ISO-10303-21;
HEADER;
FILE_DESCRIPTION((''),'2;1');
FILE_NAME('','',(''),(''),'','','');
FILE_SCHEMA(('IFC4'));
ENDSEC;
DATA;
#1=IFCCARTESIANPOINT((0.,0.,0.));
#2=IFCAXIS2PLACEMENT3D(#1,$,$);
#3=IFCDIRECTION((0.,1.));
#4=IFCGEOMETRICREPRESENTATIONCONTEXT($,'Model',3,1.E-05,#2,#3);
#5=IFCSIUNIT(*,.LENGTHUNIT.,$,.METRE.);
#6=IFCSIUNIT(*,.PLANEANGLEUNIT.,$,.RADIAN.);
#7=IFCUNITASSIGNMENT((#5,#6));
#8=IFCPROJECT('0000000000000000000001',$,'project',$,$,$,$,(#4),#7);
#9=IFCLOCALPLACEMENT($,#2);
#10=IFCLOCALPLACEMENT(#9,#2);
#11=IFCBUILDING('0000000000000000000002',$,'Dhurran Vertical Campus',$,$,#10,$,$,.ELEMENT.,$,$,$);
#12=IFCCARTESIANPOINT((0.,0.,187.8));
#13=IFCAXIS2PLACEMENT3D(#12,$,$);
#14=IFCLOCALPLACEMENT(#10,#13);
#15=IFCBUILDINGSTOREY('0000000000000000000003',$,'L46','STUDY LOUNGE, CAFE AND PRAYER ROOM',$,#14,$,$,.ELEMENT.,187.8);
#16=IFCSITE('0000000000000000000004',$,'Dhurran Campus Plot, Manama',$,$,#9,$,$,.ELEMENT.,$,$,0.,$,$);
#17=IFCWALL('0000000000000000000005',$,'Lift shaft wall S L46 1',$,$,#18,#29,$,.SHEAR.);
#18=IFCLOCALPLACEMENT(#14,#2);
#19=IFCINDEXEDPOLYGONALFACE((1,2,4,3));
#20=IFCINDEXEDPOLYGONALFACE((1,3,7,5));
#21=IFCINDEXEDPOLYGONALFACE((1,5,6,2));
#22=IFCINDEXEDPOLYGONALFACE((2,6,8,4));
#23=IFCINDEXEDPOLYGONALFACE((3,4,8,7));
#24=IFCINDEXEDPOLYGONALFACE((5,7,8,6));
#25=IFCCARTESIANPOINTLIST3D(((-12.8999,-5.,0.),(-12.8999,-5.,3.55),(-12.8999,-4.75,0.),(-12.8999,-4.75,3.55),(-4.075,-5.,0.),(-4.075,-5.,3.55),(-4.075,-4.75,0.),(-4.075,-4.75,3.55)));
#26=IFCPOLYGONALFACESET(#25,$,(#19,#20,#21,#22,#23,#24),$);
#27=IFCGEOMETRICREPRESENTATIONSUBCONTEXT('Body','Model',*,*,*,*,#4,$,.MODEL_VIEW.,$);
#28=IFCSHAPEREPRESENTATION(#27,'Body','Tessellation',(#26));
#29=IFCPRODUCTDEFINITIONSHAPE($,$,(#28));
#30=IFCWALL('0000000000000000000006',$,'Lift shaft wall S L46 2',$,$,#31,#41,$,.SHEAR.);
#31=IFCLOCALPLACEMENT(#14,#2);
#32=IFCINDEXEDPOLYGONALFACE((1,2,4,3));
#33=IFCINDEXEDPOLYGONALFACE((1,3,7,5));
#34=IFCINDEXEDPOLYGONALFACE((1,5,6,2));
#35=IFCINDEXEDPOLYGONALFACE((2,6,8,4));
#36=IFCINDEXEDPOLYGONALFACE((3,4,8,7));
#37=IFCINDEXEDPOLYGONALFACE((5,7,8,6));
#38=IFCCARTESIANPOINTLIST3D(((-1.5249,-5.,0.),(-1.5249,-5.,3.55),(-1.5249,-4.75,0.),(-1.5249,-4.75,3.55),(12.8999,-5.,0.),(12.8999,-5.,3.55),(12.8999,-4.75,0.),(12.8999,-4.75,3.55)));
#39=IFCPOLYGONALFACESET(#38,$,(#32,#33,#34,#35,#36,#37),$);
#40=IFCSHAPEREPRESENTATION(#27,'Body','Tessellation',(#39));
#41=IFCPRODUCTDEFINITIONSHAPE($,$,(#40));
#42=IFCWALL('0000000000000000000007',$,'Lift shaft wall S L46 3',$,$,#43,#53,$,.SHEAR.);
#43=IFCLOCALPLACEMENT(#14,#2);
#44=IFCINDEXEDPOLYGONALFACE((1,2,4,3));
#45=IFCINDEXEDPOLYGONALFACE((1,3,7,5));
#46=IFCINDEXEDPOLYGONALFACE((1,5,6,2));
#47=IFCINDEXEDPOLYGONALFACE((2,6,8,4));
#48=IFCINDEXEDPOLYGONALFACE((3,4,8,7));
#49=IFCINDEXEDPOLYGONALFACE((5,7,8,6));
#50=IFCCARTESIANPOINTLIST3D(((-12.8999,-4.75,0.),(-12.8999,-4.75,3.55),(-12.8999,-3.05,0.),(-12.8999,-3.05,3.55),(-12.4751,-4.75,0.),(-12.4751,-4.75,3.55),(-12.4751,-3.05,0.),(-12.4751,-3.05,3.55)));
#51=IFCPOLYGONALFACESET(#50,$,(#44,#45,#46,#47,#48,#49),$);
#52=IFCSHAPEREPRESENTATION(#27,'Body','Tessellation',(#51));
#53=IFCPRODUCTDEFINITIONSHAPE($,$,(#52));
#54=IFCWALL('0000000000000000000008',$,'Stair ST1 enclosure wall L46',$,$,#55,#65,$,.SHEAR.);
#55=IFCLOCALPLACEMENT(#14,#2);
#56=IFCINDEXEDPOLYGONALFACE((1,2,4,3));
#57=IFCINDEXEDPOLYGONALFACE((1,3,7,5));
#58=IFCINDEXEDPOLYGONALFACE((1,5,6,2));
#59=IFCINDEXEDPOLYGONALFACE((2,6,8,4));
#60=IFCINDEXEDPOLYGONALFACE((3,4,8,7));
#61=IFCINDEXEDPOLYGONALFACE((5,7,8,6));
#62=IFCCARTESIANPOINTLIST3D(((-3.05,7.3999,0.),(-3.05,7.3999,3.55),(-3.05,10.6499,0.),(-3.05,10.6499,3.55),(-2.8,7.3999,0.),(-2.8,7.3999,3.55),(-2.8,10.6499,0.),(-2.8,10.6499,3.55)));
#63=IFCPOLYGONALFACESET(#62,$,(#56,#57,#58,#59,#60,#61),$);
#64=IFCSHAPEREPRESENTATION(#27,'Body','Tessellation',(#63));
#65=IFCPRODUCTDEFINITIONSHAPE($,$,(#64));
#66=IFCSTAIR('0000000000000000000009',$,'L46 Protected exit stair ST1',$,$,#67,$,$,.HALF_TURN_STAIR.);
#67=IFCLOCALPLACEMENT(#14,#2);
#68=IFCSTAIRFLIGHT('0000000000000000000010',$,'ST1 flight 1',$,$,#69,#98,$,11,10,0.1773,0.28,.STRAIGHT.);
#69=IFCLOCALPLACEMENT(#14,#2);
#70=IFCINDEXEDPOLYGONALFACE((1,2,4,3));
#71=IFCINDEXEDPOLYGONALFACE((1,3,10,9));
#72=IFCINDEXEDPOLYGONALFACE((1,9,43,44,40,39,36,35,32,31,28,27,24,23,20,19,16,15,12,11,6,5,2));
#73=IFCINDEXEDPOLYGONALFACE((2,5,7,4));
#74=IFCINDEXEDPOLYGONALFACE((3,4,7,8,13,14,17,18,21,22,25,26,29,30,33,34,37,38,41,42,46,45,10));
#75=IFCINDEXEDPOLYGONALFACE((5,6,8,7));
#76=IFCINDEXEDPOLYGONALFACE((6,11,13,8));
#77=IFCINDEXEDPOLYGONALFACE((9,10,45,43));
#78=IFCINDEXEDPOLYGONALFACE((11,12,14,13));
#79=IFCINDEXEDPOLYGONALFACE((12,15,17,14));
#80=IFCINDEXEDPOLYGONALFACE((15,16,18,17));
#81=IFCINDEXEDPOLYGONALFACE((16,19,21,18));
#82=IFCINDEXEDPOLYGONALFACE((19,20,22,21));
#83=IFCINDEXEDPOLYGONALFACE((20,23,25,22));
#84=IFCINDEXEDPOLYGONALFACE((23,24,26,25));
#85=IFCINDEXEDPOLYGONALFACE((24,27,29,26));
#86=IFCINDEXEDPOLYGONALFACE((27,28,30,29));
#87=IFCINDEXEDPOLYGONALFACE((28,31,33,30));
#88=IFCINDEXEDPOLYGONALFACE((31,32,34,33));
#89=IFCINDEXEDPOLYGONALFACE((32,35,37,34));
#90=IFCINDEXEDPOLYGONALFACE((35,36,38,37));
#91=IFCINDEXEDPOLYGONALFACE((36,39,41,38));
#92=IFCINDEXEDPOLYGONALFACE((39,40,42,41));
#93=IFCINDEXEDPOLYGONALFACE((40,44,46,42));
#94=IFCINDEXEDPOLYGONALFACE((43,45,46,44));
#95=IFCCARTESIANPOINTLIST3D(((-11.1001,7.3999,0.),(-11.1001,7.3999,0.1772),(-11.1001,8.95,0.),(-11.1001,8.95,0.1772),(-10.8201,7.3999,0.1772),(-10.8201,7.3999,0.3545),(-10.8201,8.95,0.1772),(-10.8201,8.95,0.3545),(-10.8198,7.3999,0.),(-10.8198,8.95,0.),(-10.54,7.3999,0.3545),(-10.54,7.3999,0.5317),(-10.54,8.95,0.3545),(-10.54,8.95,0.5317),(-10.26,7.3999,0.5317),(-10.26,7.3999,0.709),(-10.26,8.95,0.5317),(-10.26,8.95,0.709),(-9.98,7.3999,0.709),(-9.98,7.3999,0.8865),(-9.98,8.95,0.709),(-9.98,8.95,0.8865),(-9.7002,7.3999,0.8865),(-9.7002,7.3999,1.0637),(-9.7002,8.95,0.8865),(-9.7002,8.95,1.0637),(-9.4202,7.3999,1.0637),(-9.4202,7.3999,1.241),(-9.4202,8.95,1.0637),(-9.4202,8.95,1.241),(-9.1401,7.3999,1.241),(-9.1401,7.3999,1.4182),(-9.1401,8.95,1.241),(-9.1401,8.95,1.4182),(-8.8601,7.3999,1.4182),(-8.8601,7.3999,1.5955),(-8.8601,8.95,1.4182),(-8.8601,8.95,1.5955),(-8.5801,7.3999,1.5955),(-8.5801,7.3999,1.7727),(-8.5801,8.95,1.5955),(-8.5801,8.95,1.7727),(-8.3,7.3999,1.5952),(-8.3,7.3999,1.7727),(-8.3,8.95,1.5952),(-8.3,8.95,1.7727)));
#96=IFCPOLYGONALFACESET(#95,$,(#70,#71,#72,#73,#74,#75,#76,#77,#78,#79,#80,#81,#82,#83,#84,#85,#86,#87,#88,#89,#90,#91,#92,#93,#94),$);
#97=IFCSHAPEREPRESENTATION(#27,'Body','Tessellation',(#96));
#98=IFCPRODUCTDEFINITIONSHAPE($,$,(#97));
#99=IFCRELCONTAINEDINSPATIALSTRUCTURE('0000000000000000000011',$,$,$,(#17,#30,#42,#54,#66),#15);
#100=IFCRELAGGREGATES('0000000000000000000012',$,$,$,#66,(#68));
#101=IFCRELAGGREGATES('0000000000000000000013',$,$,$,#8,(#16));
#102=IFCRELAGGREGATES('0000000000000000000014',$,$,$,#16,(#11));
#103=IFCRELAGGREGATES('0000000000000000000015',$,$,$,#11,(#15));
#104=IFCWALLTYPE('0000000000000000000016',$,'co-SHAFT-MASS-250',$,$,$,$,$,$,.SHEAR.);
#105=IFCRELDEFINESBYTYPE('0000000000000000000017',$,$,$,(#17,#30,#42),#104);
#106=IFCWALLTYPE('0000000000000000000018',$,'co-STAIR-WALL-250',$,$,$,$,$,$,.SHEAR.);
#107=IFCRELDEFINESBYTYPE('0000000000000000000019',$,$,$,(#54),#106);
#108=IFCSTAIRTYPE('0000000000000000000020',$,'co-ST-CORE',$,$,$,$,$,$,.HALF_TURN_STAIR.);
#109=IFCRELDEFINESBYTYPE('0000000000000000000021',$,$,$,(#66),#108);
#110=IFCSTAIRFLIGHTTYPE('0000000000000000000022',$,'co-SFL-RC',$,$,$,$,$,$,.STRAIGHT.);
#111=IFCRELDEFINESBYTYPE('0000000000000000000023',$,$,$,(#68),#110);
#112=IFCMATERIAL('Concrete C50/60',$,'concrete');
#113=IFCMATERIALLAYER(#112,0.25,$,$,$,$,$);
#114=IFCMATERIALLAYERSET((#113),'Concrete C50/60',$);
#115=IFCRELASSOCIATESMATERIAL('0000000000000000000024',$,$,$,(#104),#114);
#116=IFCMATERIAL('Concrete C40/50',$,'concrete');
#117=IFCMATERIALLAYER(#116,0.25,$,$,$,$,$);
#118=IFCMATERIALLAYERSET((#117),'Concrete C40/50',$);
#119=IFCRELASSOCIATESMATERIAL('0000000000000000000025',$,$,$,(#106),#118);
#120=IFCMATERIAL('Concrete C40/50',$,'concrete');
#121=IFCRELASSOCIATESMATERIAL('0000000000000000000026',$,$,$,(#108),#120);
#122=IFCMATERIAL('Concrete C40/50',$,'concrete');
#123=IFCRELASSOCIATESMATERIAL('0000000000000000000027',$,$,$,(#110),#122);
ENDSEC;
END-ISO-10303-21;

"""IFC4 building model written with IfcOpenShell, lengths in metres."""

from ifc_helpers import new_model, si_unit, direction, frame, frame_2d, origin, place, context, subcontext, project, spatial, polyline, rectangle, outline, extrude, material, layer, layer_set, type_object, element, aggregate, save


model = new_model("IFC4")

# Units and contexts
model_context = context("Model", 3, precision=1e-05, world=origin(), true_north=direction((0.0, 1.0)))
body_context = subcontext(model_context, "Body", "Model", "MODEL_VIEW")
ifc_project = project(units=[si_unit("LENGTHUNIT", "METRE"), si_unit("PLANEANGLEUNIT", "RADIAN")], contexts=[model_context])

# Site, building, storey
site_placement = place(None, origin())
site = spatial("IfcSite", under=ifc_project, at=site_placement, Name="Dhurran Campus Plot, Manama", CompositionType="ELEMENT", RefElevation=0.0)
building_placement = place(site_placement, origin())
building = spatial("IfcBuilding", under=site, at=building_placement, Name="Dhurran Vertical Campus", CompositionType="ELEMENT")
storey_placement = place(building_placement, frame((0.0, 0.0, 187.8)))
storey = spatial("IfcBuildingStorey", under=building, at=storey_placement, Name="L46", Description="STUDY LOUNGE, CAFE AND PRAYER ROOM", CompositionType="ELEMENT", Elevation=187.8)

# Walls
ifc_material_1 = material(Name="Concrete C50/60", Category="concrete")
ifc_layer_1 = layer(ifc_material_1, 0.25)
ifc_layer_set_1 = layer_set([ifc_layer_1], Name="Concrete C50/60")
wall_type_1 = type_object("IfcWallType", Name="co-SHAFT-MASS-250", PredefinedType="SHEAR", material=ifc_layer_set_1)
wall_1_placement = place(storey_placement, origin())
element("IfcWall", 1, at=wall_1_placement, inside=storey, type_object=wall_type_1, Name="Lift shaft wall S L46 1", PredefinedType="SHEAR", context=body_context, shape_type="SweptSolid", body=[
    extrude(outline(polyline([(-12.8999, -5.0), (-4.075, -5.0), (-4.075, -4.75), (-12.8999, -4.75), (-12.8999, -5.0)])), origin(), (0.0, 0.0, 1.0), 3.55),
])
wall_2_placement = place(storey_placement, origin())
element("IfcWall", 2, at=wall_2_placement, inside=storey, type_object=wall_type_1, Name="Lift shaft wall S L46 2", PredefinedType="SHEAR", context=body_context, shape_type="SweptSolid", body=[
    extrude(outline(polyline([(-1.5249, -5.0), (12.8999, -5.0), (12.8999, -4.75), (-1.5249, -4.75), (-1.5249, -5.0)])), origin(), (0.0, 0.0, 1.0), 3.55),
])
wall_3_placement = place(storey_placement, origin())
element("IfcWall", 3, at=wall_3_placement, inside=storey, type_object=wall_type_1, Name="Lift shaft wall S L46 3", PredefinedType="SHEAR", context=body_context, shape_type="SweptSolid", body=[
    extrude(outline(polyline([(-12.8999, -4.75), (-12.4751, -4.75), (-12.4751, -3.05), (-12.8999, -3.05), (-12.8999, -4.75)])), origin(), (0.0, 0.0, 1.0), 3.55),
])
ifc_material_2 = material(Name="Concrete C40/50", Category="concrete")
ifc_layer_2 = layer(ifc_material_2, 0.25)
ifc_layer_set_2 = layer_set([ifc_layer_2], Name="Concrete C40/50")
wall_type_2 = type_object("IfcWallType", Name="co-STAIR-WALL-250", PredefinedType="SHEAR", material=ifc_layer_set_2)
wall_4_placement = place(storey_placement, frame((-2.925, 7.3999, 0.0), z_axis=(0.0, 0.0, 1.0), x_axis=(0.0, 1.0, 0.0)))
element("IfcWall", 4, at=wall_4_placement, inside=storey, type_object=wall_type_2, Name="Stair ST1 enclosure wall L46", PredefinedType="SHEAR", context=body_context, shape_type="SweptSolid", body=[
    extrude(rectangle(XDim=3.25, YDim=0.25, at=frame_2d((1.625, 0.0))), origin(), (0.0, 0.0, 1.0), 3.55),
])

# Stair, stair flight
ifc_material_3 = material(Name="Concrete C40/50", Category="concrete")
stair_type = type_object("IfcStairType", Name="co-ST-CORE", PredefinedType="HALF_TURN_STAIR", material=ifc_material_3)
stair_placement = place(storey_placement, origin())
stair = element("IfcStair", 5, at=stair_placement, inside=storey, type_object=stair_type, Name="L46 Protected exit stair ST1", PredefinedType="HALF_TURN_STAIR")
ifc_material_4 = material(Name="Concrete C40/50", Category="concrete")
stair_flight_type = type_object("IfcStairFlightType", Name="co-SFL-RC", PredefinedType="STRAIGHT", material=ifc_material_4)
stair_flight_placement = place(storey_placement, frame((-11.1001, 8.175, 0.0), z_axis=(0.0, 0.0, 1.0), x_axis=(1.0, 0.0, 0.0)))
stair_flight = element("IfcStairFlight", 6, at=stair_flight_placement, type_object=stair_flight_type, Name="ST1 flight 1", NumberOfRisers=11, NumberOfTreads=10, PredefinedType="STRAIGHT", RiserHeight=0.1773, TreadLength=0.28, context=body_context, shape_type="SweptSolid", body=[
    extrude(outline(polyline([(0.0, 0.0), (0.0, 0.1772), (0.28, 0.1772), (0.28, 0.3545), (0.5601, 0.3545), (0.5601, 0.5317), (0.8401, 0.5317), (0.8401, 0.709), (1.1201, 0.709), (1.1201, 0.8865), (1.3999, 0.8865), (1.3999, 1.0637), (1.6799, 1.0637), (1.6799, 1.241), (1.96, 1.241), (1.96, 1.4182), (2.24, 1.4182), (2.24, 1.5955), (2.52, 1.5955), (2.52, 1.7727), (2.8, 1.7727), (2.8, 1.95), (2.8, 1.5952), (0.2803, 0.0), (0.0, 0.0)])), frame((0.0, 0.7749, 0.0), z_axis=(0.0, -1.0, 0.0), x_axis=(1.0, 0.0, 0.0)), (0.0, 0.0, 1.0), 1.55),
])
aggregate(stair, [stair_flight])

save(model, "model.ifc")
